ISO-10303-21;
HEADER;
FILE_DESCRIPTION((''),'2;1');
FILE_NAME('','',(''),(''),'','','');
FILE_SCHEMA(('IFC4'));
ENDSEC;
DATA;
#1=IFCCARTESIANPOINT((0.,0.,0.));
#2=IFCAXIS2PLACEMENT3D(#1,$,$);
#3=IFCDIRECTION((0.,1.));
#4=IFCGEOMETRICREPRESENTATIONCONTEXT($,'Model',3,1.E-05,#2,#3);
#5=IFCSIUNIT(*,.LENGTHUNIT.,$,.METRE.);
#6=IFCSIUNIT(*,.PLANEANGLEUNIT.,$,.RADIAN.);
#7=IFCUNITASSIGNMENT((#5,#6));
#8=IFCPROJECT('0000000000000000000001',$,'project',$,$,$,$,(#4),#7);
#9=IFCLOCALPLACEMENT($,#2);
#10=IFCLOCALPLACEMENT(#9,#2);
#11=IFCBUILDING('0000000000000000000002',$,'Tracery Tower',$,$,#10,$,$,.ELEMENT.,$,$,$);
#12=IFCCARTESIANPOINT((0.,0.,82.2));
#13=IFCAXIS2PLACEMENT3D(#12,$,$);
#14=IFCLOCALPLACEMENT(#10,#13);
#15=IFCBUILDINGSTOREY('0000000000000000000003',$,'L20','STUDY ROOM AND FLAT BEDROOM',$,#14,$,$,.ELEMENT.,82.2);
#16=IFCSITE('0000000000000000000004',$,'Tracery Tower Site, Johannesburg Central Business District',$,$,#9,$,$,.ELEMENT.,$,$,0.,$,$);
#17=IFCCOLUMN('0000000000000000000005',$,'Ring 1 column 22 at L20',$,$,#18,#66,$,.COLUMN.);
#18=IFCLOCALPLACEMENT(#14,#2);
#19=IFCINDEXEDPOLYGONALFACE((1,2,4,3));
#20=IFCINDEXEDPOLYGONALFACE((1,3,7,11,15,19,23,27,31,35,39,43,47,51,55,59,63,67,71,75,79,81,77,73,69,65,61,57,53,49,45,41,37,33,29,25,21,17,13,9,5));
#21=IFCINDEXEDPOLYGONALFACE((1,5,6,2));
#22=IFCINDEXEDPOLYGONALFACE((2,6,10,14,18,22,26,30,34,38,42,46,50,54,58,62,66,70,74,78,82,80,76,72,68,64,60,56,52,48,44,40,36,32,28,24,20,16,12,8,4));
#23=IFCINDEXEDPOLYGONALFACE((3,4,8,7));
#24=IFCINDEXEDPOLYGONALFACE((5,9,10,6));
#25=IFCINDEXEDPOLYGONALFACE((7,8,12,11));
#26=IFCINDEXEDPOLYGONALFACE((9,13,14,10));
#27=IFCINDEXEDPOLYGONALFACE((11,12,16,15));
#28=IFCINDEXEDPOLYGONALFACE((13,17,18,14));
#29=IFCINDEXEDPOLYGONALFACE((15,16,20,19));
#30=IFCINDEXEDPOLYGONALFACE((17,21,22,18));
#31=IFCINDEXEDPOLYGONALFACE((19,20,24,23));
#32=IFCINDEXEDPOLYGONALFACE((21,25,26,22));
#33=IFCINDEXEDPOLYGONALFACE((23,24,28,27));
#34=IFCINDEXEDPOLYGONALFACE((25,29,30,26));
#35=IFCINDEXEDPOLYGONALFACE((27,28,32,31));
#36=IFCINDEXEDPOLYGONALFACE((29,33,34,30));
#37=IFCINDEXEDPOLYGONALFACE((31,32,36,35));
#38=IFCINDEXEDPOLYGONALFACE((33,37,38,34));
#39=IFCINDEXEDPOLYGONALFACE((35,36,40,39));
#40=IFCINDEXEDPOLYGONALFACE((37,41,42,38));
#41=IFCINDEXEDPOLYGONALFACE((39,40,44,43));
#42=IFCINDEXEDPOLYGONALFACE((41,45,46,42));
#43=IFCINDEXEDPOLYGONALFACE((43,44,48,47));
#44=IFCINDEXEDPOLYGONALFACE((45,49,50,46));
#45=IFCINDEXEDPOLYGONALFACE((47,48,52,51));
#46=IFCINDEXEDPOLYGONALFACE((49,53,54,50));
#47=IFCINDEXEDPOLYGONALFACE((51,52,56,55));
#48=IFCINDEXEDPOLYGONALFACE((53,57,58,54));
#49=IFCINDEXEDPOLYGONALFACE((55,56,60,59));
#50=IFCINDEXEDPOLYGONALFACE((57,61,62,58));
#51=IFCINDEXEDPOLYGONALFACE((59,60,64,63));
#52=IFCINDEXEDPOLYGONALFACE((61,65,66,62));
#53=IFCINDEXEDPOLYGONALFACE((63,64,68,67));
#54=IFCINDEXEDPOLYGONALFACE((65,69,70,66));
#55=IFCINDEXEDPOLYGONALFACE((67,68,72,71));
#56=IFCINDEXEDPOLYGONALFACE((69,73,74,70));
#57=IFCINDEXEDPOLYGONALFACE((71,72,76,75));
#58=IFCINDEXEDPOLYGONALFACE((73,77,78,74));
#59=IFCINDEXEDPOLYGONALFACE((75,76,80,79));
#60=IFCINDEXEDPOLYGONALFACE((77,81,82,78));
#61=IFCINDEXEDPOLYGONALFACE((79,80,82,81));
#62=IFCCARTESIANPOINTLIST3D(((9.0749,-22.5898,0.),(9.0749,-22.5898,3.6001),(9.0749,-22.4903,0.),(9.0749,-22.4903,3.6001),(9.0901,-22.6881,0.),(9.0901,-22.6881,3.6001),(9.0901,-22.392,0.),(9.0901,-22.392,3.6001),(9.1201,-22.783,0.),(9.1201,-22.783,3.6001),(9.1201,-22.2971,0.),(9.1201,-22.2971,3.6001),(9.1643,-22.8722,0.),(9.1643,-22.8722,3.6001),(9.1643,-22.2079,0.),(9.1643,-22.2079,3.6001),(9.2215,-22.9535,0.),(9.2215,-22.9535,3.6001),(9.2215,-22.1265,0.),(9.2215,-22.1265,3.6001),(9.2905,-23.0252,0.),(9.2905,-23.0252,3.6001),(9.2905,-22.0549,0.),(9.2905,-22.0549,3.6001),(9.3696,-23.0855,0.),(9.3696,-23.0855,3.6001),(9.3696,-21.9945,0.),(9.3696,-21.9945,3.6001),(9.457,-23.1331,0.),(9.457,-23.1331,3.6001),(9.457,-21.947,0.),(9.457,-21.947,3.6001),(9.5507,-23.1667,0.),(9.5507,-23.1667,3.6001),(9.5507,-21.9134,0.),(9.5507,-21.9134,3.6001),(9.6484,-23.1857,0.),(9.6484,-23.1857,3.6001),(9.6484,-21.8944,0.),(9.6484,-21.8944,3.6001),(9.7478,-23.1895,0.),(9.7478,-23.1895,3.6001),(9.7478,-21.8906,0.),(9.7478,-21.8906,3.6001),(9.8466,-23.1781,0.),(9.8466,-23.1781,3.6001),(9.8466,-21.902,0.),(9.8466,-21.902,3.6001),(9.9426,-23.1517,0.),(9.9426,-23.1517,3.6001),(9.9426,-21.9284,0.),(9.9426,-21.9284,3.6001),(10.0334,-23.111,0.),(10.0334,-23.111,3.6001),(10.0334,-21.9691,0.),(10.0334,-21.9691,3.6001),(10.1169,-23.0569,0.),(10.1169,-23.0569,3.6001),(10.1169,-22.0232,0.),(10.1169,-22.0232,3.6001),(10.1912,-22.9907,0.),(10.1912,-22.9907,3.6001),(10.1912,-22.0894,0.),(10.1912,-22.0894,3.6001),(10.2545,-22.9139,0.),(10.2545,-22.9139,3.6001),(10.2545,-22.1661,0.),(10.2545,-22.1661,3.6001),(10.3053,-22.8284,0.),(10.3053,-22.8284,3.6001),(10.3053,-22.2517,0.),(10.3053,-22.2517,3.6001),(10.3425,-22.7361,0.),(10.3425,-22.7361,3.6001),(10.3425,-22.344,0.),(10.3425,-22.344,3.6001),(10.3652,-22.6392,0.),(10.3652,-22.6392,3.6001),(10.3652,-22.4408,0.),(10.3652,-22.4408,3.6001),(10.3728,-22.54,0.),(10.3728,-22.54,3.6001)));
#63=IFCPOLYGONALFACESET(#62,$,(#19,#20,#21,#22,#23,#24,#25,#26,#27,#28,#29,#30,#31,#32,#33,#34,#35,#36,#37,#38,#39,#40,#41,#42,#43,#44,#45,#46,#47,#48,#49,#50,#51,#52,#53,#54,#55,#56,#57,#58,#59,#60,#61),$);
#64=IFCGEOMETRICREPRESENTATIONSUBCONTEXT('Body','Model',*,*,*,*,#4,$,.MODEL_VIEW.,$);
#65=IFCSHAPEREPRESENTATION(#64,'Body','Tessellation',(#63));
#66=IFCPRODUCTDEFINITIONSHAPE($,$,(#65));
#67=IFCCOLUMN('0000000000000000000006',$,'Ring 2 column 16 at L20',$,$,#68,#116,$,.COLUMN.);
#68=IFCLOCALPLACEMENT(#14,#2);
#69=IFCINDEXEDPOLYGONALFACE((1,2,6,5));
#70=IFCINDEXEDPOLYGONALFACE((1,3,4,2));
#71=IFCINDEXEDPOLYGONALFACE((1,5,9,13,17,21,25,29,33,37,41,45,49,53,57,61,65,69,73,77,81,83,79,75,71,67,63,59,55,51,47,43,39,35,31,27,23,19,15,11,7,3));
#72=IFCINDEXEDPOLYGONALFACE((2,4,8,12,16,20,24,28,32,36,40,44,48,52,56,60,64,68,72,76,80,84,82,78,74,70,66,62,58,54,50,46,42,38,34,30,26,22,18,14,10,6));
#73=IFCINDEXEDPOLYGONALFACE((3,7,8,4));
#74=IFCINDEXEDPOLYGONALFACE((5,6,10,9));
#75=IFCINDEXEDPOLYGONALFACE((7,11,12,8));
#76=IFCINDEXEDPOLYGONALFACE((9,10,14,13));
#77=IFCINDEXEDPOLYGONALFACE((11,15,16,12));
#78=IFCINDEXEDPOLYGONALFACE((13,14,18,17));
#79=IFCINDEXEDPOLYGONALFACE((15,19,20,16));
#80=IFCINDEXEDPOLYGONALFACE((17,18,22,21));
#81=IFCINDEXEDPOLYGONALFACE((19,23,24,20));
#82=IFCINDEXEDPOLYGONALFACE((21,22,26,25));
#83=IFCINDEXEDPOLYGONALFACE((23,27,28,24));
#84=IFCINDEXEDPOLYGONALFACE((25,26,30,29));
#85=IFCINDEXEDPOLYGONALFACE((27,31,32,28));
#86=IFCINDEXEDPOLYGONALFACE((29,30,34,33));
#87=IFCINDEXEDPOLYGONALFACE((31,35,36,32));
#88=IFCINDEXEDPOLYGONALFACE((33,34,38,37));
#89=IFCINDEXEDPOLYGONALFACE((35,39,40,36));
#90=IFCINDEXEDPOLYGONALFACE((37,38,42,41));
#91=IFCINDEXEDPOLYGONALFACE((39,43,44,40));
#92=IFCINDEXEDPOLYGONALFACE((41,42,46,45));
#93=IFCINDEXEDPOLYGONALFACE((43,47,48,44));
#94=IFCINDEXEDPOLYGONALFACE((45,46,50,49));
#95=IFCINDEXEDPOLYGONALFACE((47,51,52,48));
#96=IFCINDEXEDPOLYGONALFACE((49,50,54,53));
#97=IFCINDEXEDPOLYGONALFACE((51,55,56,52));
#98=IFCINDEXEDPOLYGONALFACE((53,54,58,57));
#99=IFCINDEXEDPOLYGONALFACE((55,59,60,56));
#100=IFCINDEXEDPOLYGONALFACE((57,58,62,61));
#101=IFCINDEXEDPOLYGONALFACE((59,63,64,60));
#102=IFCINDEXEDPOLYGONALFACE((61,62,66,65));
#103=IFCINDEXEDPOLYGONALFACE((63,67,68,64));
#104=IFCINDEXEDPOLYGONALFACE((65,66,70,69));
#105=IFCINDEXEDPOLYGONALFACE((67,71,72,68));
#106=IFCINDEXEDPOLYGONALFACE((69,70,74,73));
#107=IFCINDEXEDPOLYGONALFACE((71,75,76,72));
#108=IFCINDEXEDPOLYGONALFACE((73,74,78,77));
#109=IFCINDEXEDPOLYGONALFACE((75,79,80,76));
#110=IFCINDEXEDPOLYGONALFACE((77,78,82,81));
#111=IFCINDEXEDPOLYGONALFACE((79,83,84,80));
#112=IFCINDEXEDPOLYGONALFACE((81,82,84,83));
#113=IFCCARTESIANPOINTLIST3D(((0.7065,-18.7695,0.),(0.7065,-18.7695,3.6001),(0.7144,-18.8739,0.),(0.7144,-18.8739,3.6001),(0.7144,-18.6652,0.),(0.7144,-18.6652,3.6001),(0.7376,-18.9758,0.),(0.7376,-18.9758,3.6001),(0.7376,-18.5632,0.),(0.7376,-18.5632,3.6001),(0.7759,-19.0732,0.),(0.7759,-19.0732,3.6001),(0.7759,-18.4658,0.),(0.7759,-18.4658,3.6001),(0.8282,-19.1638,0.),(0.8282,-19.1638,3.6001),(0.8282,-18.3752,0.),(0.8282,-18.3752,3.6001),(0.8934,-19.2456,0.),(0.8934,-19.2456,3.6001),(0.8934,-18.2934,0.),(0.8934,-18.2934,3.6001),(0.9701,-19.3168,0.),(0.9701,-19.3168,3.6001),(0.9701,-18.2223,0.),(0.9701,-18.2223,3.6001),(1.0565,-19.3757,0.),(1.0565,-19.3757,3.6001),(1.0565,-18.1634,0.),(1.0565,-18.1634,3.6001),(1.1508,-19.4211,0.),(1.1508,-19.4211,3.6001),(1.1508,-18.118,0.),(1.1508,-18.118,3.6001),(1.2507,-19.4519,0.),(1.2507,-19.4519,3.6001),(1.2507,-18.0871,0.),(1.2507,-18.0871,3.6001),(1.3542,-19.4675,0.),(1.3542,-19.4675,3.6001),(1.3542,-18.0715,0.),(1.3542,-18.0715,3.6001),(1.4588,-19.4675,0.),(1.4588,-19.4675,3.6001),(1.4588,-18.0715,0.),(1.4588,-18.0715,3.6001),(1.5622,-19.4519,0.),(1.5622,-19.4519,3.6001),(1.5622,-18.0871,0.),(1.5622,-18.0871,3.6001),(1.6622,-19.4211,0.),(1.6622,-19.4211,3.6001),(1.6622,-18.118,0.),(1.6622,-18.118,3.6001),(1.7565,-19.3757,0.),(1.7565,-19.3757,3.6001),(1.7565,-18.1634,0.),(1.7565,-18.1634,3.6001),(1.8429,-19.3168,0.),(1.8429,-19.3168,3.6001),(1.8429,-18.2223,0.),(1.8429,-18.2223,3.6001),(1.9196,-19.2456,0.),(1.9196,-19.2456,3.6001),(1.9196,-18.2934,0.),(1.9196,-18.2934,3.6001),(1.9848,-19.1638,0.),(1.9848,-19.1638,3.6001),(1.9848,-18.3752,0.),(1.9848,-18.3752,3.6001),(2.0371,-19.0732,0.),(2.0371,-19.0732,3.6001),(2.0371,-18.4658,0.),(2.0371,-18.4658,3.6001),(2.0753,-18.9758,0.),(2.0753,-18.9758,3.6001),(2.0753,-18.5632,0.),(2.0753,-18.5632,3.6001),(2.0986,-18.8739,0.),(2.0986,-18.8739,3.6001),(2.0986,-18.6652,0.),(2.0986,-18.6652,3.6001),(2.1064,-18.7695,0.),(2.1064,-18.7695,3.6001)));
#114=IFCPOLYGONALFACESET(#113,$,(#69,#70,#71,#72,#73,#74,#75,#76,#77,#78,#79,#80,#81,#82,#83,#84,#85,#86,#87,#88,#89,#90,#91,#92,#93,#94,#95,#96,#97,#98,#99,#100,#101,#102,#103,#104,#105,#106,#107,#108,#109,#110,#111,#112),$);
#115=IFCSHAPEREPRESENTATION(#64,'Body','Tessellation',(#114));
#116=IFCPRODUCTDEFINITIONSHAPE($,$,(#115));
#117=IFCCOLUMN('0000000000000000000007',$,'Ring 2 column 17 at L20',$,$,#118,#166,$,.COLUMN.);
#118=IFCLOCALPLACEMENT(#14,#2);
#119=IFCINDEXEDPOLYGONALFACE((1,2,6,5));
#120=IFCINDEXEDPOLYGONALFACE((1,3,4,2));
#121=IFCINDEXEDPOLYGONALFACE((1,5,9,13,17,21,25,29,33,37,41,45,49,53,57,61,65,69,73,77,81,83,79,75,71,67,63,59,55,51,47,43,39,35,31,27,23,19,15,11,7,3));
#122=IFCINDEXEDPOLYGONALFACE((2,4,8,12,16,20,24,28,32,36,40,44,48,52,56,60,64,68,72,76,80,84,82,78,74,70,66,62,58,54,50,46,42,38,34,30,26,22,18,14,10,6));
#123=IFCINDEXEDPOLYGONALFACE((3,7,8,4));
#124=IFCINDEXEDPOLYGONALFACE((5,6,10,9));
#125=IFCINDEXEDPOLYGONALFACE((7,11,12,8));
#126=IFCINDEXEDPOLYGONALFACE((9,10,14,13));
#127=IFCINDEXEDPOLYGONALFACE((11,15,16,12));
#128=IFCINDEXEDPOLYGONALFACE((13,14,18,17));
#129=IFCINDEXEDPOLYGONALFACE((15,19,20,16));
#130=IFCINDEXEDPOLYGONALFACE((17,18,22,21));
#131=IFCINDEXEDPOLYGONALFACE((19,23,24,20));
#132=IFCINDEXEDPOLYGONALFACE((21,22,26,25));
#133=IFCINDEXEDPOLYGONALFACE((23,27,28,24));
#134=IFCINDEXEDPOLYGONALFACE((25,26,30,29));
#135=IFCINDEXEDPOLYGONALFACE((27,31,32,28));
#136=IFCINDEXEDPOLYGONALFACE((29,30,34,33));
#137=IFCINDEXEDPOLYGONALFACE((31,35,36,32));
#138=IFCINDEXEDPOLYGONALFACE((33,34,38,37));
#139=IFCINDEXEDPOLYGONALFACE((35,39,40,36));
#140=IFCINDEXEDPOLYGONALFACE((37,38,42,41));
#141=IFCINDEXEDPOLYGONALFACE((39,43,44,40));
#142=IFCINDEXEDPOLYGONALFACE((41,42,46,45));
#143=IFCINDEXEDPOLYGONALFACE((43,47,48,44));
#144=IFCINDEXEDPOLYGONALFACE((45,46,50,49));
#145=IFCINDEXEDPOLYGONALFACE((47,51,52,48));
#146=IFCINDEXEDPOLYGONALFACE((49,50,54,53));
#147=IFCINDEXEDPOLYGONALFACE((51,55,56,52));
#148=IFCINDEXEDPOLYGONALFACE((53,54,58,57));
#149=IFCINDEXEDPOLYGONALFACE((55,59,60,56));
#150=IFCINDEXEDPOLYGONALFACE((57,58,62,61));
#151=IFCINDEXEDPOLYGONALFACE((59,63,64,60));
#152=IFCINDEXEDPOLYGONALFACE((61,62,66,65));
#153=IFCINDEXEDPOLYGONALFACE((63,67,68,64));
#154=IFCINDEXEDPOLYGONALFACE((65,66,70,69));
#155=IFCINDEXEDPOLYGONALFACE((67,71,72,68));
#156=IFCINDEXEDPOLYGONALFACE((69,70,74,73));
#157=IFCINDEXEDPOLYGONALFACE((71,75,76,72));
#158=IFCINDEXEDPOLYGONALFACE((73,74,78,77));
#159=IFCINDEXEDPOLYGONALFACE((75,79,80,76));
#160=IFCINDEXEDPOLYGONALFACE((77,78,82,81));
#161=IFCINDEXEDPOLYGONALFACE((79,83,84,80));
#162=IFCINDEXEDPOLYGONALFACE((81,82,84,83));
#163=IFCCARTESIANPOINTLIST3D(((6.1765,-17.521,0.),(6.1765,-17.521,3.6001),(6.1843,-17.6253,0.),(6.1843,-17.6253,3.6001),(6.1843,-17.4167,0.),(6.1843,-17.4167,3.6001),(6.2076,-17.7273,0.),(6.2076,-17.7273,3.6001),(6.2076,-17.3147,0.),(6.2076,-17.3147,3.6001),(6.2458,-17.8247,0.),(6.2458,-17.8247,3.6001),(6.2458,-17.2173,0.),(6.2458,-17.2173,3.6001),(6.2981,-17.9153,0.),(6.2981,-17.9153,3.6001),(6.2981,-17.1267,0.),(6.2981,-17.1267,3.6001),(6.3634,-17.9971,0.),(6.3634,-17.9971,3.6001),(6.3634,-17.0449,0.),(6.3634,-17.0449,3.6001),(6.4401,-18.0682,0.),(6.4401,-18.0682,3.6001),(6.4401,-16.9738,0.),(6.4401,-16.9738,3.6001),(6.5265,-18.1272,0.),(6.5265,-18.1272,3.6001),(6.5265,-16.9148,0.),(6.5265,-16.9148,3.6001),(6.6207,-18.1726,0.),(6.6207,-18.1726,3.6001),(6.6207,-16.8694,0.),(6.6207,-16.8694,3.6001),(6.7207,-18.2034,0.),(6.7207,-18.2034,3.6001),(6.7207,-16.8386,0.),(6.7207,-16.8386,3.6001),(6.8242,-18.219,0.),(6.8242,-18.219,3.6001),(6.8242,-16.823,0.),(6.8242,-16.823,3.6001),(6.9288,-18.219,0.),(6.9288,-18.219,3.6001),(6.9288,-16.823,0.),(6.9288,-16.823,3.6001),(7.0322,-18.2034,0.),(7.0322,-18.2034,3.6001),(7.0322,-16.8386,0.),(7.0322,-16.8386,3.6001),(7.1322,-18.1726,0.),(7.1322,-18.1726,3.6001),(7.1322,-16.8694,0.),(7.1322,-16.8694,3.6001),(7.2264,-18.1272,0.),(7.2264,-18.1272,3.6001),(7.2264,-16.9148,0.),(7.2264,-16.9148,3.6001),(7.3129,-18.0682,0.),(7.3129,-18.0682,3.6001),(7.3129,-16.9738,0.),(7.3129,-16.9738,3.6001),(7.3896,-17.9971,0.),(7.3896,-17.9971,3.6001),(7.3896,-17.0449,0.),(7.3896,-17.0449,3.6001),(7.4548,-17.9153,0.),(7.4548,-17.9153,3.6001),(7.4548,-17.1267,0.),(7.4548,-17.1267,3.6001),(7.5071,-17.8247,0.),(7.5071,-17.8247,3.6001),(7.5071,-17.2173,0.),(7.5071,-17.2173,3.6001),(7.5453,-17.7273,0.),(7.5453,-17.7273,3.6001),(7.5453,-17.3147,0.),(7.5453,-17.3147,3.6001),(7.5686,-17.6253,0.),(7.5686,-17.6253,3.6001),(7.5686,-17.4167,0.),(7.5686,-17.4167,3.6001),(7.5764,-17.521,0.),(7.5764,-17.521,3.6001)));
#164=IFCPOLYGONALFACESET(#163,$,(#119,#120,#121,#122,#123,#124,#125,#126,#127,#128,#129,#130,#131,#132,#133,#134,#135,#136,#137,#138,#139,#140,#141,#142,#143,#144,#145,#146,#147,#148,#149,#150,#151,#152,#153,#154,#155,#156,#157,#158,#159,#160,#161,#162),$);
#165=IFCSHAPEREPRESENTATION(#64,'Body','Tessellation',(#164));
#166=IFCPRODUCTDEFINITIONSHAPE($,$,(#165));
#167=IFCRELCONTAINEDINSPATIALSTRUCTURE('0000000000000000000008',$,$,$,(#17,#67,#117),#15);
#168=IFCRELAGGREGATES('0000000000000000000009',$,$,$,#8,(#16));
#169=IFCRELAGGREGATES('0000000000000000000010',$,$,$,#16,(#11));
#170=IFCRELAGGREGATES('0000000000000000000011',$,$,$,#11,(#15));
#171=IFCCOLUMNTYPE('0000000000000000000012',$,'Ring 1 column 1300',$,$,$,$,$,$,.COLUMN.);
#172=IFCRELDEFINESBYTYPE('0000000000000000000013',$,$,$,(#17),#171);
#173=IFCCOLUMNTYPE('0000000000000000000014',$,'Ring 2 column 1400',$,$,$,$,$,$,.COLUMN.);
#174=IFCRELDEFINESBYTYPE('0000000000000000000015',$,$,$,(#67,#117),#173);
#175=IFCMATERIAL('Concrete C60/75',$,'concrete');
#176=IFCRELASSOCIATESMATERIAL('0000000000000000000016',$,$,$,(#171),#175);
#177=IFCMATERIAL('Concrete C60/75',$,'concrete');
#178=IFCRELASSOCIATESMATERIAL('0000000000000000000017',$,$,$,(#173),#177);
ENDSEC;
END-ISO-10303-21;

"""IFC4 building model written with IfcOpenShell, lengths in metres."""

from ifc_helpers import new_model, si_unit, direction, frame, origin, origin_2d, place, context, subcontext, project, spatial, circle, extrude, material, material_profile, profile_set, type_object, element, save


model = new_model("IFC4")

# Units and contexts
model_context = context("Model", 3, precision=1e-05, world=origin(), true_north=direction((0.0, 1.0)))
body_context = subcontext(model_context, "Body", "Model", "MODEL_VIEW")
ifc_project = project(units=[si_unit("LENGTHUNIT", "METRE"), si_unit("PLANEANGLEUNIT", "RADIAN")], contexts=[model_context])

# Site, building, storey
site_placement = place(None, origin())
site = spatial("IfcSite", under=ifc_project, at=site_placement, Name="Tracery Tower Site, Johannesburg Central Business District", CompositionType="ELEMENT", RefElevation=0.0)
building_placement = place(site_placement, origin())
building = spatial("IfcBuilding", under=site, at=building_placement, Name="Tracery Tower", CompositionType="ELEMENT")
storey_placement = place(building_placement, frame((0.0, 0.0, 82.2)))
storey = spatial("IfcBuildingStorey", under=building, at=storey_placement, Name="L20", Description="STUDY ROOM AND FLAT BEDROOM", CompositionType="ELEMENT", Elevation=82.2)

# Columns
ifc_material_1 = material(Name="Concrete C60/75", Category="concrete")
ifc_material_profile_1 = material_profile(ifc_material_1, circle(Radius=0.6499, at=origin_2d()), Name="RC D1300")
ifc_profile_set_1 = profile_set([ifc_material_profile_1], Name="Concrete C60/75")
column_type_1 = type_object("IfcColumnType", Name="Ring 1 column 1300", PredefinedType="COLUMN", material=ifc_profile_set_1)
for number, where, z_axis, x_axis, name in (
    (1, (9.7229, -22.54, 0.0), (0.0, 0.0, 1.0), (1.0, 0.0, 0.0), "Ring 1 column 22 at L20"),
):
    element("IfcColumn", number, at=place(storey_placement, frame(where, z_axis=z_axis, x_axis=x_axis)), inside=storey, type_object=column_type_1, Name=name, PredefinedType="COLUMN", context=body_context, shape_type="SweptSolid", body=[
        extrude(circle(Radius=0.6499, at=origin_2d()), origin(), (0.0, 0.0, 1.0), 3.6001),
    ])
ifc_material_2 = material(Name="Concrete C60/75", Category="concrete")
ifc_material_profile_2 = material_profile(ifc_material_2, circle(Radius=0.7, at=origin_2d()), Name="RC D1400")
ifc_profile_set_2 = profile_set([ifc_material_profile_2], Name="Concrete C60/75")
column_type_2 = type_object("IfcColumnType", Name="Ring 2 column 1400", PredefinedType="COLUMN", material=ifc_profile_set_2)
for number, where, z_axis, x_axis, name in (
    (2, (1.4065, -18.7695, 0.0), (0.0, 0.0, 1.0), (1.0, 0.0, 0.0), "Ring 2 column 16 at L20"),
    (3, (6.8765, -17.521, 0.0), (0.0, 0.0, 1.0), (1.0, 0.0, 0.0), "Ring 2 column 17 at L20"),
):
    element("IfcColumn", number, at=place(storey_placement, frame(where, z_axis=z_axis, x_axis=x_axis)), inside=storey, type_object=column_type_2, Name=name, PredefinedType="COLUMN", context=body_context, shape_type="SweptSolid", body=[
        extrude(circle(Radius=0.7, at=origin_2d()), origin(), (0.0, 0.0, 1.0), 3.6001),
    ])

save(model, "model.ifc")
